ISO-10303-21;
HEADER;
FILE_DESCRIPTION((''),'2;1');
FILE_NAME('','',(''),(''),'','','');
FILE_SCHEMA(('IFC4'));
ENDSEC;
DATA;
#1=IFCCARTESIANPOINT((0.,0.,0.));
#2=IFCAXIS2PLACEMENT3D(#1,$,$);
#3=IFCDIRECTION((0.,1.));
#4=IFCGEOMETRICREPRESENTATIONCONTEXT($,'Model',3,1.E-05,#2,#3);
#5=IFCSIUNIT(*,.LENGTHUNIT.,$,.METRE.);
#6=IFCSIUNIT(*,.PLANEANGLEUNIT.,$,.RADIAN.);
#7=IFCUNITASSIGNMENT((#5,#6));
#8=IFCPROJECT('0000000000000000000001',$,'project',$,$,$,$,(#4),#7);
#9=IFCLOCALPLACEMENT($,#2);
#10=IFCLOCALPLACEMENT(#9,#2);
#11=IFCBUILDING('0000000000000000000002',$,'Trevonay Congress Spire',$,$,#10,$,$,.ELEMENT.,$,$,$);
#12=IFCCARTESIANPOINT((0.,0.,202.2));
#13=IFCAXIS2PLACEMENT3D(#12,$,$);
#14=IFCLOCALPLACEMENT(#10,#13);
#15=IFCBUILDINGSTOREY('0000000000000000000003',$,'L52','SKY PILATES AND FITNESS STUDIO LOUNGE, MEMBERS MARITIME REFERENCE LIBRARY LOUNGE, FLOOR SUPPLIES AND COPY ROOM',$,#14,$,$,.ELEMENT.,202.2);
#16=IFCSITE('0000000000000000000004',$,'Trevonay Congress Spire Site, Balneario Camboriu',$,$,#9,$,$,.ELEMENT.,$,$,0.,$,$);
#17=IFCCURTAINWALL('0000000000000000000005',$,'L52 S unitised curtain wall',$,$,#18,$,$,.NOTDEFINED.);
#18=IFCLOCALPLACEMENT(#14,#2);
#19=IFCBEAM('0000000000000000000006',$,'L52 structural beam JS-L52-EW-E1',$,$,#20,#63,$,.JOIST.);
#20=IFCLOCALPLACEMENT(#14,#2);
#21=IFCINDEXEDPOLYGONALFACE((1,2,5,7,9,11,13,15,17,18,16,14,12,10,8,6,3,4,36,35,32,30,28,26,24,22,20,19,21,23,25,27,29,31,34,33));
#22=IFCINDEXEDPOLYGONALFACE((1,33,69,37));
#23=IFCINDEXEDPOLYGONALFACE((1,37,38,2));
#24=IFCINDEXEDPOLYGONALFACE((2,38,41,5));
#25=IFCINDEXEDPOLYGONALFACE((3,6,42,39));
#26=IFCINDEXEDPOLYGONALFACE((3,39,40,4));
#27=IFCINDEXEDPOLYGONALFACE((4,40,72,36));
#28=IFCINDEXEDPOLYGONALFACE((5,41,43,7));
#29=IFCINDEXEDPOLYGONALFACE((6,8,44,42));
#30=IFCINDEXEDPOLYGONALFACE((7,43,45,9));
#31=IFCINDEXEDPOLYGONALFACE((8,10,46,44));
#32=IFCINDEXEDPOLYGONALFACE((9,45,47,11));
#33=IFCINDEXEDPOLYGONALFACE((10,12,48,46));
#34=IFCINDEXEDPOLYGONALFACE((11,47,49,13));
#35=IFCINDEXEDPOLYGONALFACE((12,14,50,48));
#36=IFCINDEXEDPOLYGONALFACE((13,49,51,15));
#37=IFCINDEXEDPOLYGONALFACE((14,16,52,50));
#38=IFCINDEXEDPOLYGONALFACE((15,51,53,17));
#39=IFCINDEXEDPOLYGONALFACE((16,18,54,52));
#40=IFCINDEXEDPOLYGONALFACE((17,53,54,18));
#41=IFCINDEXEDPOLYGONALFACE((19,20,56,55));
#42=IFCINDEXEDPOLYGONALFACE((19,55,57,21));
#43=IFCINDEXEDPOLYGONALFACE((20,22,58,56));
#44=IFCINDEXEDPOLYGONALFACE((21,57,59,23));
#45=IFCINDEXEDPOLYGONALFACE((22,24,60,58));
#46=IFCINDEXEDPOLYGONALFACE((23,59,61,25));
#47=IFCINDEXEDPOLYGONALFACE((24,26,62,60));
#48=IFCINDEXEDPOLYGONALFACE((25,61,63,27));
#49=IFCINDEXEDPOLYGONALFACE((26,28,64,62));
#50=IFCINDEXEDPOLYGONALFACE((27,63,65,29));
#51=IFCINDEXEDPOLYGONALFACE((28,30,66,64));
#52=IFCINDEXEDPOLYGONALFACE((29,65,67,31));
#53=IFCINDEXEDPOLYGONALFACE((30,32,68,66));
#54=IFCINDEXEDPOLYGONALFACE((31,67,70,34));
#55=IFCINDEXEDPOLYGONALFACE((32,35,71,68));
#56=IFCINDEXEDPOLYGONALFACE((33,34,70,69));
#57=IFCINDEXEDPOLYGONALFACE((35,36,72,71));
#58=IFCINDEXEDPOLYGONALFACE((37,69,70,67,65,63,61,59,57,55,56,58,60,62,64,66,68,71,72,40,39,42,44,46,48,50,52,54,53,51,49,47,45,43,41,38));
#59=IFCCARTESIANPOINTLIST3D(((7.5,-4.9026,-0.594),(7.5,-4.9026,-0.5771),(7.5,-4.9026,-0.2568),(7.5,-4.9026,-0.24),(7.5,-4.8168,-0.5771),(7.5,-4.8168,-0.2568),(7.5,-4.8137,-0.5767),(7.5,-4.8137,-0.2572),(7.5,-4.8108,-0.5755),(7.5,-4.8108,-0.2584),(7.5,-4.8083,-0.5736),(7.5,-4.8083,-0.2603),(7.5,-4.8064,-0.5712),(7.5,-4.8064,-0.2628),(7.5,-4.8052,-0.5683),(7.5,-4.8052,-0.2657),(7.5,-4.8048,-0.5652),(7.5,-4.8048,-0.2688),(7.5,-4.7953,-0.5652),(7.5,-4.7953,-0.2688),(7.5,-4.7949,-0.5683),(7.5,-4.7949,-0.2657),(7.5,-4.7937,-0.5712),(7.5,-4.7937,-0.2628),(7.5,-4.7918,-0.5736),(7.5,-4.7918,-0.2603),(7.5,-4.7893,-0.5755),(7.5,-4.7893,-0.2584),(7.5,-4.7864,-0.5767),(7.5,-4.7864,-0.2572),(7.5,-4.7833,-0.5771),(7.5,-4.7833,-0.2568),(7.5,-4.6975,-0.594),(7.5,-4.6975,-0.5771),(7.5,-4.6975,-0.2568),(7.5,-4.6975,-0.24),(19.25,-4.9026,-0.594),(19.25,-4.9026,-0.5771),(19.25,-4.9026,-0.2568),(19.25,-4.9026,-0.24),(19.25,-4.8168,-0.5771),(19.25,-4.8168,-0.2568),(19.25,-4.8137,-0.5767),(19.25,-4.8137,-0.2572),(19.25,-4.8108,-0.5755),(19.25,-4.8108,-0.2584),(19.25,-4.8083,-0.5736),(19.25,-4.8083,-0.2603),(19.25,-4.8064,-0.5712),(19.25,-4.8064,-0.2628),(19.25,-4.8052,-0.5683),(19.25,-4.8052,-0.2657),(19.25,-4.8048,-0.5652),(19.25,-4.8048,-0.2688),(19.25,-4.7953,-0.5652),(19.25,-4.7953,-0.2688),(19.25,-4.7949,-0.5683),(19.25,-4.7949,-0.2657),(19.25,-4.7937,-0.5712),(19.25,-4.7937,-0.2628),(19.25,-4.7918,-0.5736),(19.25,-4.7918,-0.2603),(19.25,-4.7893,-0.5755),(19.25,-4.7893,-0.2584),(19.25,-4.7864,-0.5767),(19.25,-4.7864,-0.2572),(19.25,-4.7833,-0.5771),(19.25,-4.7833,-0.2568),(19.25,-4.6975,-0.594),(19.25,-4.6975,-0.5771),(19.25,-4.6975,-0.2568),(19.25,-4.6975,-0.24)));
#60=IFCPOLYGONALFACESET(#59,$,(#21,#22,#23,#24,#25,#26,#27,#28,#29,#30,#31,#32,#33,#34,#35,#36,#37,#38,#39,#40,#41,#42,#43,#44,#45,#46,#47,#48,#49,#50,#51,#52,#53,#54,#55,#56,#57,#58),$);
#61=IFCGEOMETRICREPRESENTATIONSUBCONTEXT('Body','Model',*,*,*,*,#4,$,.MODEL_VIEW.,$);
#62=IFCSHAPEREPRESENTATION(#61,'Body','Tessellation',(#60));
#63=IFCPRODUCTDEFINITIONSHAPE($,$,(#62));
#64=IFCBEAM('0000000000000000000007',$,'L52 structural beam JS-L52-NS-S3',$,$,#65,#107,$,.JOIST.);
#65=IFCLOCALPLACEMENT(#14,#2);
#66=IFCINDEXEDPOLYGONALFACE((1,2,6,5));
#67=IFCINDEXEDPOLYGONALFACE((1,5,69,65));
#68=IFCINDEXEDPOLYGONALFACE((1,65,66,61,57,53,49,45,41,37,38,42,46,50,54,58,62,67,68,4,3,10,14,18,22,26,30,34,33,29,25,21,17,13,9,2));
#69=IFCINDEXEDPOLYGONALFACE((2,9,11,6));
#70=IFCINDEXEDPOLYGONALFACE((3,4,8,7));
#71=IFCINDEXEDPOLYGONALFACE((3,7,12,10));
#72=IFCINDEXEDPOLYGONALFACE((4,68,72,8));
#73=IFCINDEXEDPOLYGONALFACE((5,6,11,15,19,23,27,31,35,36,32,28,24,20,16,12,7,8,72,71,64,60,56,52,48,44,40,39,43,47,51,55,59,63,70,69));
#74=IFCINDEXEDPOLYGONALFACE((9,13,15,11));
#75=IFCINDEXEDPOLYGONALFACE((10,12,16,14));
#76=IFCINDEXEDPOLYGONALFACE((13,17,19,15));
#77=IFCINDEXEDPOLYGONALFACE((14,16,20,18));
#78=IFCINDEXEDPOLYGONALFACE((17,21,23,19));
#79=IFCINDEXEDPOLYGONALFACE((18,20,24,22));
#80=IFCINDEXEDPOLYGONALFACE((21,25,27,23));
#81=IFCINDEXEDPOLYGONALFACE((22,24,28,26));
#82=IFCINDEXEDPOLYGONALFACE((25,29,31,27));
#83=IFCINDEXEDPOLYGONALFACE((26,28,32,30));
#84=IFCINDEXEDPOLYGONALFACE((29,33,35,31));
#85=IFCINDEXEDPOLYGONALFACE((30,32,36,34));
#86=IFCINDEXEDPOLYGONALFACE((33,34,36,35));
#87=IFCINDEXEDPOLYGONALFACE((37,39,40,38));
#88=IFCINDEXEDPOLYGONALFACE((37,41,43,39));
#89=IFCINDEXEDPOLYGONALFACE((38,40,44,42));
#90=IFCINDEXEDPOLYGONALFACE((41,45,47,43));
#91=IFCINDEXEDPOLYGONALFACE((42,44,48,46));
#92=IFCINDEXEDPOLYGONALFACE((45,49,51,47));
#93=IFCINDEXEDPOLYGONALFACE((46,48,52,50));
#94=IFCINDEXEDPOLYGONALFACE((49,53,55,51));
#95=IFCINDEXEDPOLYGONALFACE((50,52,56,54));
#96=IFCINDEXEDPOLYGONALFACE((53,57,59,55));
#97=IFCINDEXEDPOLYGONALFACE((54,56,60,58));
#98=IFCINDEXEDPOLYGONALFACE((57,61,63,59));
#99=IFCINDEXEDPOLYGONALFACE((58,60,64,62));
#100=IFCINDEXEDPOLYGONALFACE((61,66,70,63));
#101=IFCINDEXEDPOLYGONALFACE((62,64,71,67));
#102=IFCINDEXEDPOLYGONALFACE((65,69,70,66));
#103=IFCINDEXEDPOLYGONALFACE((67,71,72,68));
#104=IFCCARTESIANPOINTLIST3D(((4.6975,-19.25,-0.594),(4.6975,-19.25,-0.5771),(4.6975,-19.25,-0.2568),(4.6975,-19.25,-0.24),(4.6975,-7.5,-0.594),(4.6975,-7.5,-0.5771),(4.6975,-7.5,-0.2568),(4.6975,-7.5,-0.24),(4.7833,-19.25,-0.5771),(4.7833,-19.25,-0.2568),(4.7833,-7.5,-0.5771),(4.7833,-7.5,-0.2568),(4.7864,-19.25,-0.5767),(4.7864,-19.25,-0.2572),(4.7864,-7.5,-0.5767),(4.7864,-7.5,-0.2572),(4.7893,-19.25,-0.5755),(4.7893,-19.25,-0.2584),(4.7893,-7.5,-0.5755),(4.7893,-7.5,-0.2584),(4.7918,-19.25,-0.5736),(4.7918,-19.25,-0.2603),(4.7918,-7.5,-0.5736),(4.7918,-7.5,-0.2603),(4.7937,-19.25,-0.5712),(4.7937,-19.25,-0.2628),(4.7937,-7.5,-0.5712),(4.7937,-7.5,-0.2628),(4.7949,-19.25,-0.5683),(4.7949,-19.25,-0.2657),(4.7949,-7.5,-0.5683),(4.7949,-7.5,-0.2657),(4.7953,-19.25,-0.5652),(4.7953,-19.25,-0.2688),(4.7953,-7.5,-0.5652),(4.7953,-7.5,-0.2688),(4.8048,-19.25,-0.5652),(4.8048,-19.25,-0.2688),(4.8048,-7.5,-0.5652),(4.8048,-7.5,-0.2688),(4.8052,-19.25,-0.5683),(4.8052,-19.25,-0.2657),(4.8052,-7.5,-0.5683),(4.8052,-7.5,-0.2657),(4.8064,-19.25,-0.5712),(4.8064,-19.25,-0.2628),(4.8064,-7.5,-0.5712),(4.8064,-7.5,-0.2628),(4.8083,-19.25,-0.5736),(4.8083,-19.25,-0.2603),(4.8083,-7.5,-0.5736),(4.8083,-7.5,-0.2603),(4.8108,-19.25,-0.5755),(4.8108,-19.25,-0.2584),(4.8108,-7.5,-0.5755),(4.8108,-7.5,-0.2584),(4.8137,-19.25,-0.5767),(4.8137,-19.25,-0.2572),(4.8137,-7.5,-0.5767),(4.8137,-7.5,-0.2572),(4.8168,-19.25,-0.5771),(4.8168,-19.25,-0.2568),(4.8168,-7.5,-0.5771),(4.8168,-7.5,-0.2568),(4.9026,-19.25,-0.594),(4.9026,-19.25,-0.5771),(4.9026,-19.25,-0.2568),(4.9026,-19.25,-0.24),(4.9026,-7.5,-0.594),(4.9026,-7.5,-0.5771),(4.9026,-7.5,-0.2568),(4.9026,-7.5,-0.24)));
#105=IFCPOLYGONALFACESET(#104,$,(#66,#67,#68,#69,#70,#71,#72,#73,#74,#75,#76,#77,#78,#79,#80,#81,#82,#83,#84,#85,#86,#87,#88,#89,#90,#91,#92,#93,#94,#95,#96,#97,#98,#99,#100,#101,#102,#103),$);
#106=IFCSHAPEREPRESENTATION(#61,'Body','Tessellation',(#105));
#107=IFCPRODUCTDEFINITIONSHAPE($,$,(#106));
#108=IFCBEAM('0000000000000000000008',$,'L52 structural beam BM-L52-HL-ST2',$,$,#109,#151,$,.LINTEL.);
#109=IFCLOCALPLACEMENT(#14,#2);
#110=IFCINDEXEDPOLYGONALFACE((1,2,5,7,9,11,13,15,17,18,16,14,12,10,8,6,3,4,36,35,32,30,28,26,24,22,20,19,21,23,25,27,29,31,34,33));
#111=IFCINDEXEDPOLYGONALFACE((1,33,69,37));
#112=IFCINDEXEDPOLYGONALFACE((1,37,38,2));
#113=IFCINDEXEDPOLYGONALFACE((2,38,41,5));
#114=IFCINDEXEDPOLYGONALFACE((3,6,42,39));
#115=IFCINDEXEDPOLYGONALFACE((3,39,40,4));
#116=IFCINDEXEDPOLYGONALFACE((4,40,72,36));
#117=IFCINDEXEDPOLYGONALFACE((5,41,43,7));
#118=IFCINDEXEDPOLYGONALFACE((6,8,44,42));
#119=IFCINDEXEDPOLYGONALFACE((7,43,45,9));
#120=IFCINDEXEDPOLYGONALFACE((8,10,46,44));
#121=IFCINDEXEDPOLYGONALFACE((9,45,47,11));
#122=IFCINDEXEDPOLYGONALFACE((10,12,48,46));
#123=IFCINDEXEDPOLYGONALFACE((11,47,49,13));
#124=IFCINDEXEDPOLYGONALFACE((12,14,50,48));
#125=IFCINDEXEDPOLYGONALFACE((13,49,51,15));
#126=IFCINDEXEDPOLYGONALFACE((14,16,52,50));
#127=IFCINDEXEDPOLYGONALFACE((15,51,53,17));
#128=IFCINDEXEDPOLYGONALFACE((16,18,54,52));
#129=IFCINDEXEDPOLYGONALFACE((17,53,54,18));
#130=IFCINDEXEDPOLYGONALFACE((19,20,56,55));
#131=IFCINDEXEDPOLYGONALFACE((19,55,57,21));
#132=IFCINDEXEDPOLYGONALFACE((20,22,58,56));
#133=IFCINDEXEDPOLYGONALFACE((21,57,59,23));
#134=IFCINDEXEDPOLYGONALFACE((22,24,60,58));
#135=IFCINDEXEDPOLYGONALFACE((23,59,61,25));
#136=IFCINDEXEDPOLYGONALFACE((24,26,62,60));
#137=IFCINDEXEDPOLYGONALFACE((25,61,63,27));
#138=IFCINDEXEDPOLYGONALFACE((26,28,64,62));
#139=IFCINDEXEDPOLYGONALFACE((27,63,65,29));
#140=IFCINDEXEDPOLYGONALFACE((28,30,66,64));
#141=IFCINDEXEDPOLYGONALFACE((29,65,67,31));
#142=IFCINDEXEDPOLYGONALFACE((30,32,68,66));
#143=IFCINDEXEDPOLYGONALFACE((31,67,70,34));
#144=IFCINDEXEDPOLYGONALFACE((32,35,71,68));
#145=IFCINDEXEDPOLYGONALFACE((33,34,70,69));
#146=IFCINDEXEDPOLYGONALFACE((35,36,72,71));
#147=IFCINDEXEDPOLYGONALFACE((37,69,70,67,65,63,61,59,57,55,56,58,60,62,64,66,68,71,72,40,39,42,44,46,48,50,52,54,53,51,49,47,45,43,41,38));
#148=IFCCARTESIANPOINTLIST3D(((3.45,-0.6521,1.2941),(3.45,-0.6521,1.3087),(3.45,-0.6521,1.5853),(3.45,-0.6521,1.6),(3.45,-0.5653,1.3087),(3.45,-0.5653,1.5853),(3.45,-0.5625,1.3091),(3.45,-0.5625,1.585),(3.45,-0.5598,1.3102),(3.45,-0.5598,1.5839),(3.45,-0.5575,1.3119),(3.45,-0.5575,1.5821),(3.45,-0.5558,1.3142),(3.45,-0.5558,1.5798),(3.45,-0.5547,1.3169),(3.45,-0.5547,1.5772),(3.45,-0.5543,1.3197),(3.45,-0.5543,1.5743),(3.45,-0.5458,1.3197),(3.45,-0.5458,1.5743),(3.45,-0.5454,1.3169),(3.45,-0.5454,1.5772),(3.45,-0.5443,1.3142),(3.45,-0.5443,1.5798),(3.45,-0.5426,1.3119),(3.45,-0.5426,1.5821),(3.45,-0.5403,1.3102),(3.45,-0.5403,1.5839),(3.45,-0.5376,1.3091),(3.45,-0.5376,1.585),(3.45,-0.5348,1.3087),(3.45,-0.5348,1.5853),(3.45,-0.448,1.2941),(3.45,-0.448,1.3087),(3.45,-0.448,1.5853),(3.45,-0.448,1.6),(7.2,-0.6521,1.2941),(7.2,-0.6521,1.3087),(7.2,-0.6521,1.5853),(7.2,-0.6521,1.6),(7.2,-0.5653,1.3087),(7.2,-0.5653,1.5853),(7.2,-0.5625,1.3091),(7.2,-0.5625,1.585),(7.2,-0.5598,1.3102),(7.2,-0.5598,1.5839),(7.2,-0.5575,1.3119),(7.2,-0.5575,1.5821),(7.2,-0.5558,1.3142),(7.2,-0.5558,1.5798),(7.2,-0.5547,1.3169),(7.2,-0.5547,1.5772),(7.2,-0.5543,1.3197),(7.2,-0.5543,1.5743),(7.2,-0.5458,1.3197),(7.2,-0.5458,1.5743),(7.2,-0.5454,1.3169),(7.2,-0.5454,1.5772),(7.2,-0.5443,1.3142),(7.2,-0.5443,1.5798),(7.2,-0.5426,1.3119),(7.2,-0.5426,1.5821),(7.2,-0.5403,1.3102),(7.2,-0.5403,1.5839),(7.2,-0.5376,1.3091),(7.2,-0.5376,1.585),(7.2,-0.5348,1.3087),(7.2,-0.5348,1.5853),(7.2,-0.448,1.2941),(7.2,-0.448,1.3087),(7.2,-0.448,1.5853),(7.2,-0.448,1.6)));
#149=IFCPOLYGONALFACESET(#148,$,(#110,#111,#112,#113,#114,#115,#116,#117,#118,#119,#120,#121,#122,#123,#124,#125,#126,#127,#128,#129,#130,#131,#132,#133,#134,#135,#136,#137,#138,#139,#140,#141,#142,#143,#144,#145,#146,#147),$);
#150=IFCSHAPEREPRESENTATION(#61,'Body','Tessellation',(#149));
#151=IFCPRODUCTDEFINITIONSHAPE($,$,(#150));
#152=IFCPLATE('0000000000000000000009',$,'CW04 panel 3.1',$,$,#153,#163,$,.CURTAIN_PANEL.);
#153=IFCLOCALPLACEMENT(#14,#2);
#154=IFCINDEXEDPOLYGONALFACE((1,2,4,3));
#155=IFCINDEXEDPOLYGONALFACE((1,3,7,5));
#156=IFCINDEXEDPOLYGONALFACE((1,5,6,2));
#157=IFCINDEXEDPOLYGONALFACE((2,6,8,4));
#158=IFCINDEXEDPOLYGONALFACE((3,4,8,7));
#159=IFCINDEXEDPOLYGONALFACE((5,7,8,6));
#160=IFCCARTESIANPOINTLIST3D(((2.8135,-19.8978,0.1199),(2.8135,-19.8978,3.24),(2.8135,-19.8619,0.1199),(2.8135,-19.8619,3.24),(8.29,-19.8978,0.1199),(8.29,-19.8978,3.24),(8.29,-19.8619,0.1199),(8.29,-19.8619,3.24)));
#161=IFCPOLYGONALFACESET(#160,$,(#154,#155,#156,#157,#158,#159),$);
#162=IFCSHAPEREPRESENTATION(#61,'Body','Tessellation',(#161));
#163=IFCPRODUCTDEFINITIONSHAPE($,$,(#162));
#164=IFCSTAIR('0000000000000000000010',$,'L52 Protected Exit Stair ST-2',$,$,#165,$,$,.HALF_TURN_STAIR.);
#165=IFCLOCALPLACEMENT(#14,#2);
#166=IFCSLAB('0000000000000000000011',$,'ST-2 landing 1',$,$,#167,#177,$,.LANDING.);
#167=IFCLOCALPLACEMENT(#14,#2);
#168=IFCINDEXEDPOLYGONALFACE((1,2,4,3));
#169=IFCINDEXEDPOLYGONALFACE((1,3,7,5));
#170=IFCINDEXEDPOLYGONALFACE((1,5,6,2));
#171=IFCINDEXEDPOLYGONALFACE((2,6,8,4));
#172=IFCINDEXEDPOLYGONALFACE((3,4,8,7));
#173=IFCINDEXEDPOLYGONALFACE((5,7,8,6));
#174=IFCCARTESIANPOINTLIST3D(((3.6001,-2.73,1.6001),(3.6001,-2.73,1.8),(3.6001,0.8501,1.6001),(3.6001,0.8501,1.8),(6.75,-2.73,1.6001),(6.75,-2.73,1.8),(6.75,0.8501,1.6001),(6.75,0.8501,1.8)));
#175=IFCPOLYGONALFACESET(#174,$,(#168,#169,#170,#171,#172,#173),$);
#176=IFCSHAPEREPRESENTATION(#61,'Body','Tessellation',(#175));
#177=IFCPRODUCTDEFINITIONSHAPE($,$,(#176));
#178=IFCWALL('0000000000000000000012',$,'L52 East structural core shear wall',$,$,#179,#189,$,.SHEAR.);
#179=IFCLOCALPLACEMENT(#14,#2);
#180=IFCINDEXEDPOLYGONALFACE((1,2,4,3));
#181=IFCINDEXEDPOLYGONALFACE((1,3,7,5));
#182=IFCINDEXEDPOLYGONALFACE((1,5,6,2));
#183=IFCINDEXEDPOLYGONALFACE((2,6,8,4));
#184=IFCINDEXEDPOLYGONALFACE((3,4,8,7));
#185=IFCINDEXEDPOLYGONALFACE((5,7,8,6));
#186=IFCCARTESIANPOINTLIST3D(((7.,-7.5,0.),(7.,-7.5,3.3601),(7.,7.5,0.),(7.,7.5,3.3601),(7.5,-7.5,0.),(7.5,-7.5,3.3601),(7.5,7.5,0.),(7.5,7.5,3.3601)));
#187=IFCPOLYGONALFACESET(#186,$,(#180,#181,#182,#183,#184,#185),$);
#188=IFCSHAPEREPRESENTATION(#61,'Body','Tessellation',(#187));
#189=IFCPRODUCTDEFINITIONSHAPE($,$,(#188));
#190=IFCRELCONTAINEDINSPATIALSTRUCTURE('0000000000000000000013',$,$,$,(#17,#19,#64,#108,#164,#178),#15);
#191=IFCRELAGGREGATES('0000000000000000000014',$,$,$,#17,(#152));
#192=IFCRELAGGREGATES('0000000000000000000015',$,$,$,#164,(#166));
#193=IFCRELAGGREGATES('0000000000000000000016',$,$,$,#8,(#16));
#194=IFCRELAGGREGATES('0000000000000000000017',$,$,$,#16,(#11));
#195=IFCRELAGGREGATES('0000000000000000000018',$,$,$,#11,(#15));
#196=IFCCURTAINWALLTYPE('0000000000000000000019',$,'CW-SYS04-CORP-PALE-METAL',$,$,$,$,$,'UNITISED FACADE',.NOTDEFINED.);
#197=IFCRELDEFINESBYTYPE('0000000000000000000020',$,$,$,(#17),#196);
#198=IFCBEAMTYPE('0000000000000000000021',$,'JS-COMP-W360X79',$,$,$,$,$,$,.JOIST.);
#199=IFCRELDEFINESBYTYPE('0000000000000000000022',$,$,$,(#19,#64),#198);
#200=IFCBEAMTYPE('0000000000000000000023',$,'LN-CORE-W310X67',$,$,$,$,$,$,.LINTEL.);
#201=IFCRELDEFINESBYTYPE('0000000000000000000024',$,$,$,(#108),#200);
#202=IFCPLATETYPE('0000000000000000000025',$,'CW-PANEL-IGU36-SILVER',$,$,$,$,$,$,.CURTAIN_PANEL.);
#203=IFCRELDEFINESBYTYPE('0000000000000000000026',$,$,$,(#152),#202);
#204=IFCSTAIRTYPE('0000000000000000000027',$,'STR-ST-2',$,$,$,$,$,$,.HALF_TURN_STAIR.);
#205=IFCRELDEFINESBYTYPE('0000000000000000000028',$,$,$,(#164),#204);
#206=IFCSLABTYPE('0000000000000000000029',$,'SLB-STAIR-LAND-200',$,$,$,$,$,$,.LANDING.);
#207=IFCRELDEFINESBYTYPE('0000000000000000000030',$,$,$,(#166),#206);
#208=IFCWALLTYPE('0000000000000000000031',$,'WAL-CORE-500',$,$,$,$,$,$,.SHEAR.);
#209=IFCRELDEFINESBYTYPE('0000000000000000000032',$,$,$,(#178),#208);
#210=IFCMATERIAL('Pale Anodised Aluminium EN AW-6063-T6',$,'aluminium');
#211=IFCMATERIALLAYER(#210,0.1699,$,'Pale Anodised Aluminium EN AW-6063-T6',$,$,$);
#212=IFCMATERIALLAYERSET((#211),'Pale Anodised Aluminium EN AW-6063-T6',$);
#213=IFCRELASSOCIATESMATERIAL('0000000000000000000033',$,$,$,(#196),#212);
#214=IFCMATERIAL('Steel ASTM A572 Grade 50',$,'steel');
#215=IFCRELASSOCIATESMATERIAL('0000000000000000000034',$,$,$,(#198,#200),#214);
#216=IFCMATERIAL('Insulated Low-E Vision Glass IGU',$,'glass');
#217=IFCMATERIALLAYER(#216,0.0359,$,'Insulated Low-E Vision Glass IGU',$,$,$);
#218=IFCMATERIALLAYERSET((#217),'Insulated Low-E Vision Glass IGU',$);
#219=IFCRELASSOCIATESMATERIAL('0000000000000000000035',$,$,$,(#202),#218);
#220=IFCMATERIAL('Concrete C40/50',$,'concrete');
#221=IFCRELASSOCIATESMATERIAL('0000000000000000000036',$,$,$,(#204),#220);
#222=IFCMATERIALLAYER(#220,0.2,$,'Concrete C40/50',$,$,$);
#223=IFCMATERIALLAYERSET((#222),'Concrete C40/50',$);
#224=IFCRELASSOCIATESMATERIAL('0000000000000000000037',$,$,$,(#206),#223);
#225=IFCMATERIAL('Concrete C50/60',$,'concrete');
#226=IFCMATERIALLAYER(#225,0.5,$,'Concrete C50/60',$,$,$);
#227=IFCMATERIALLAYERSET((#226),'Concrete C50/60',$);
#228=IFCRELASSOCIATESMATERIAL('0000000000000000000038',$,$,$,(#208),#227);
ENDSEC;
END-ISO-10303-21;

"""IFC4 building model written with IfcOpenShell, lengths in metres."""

from ifc_helpers import new_model, si_unit, direction, frame, frame_2d, origin, origin_2d, place, context, subcontext, project, spatial, polyline, rectangle, i_section, outline, extrude, material, layer, layer_set, material_profile, profile_set, type_object, element, aggregate, save


model = new_model("IFC4")

# Units and contexts
model_context = context("Model", 3, precision=1e-05, world=origin(), true_north=direction((0.0, 1.0)))
body_context = subcontext(model_context, "Body", "Model", "MODEL_VIEW")
ifc_project = project(units=[si_unit("LENGTHUNIT", "METRE"), si_unit("PLANEANGLEUNIT", "RADIAN")], contexts=[model_context])

# Site, building, storey
site_placement = place(None, origin())
site = spatial("IfcSite", under=ifc_project, at=site_placement, Name="Trevonay Congress Spire Site, Balneario Camboriu", CompositionType="ELEMENT", RefElevation=0.0)
building_placement = place(site_placement, origin())
building = spatial("IfcBuilding", under=site, at=building_placement, Name="Trevonay Congress Spire", CompositionType="ELEMENT")
storey_placement = place(building_placement, frame((0.0, 0.0, 202.2)))
storey = spatial("IfcBuildingStorey", under=building, at=storey_placement, Name="L52", Description="SKY PILATES AND FITNESS STUDIO LOUNGE, MEMBERS MARITIME REFERENCE LIBRARY LOUNGE, FLOOR SUPPLIES AND COPY ROOM", CompositionType="ELEMENT", Elevation=202.2)

# Shared definitions
ifc_material_1 = material(Name="Steel ASTM A572 Grade 50", Category="steel")

# Curtain wall
ifc_material_2 = material(Name="Pale Anodised Aluminium EN AW-6063-T6", Category="aluminium")
ifc_layer_1 = layer(ifc_material_2, 0.1699, Name="Pale Anodised Aluminium EN AW-6063-T6")
ifc_layer_set_1 = layer_set([ifc_layer_1], Name="Pale Anodised Aluminium EN AW-6063-T6")
curtain_wall_type = type_object("IfcCurtainWallType", Name="CW-SYS04-CORP-PALE-METAL", ElementType="UNITISED FACADE", PredefinedType="NOTDEFINED", material=ifc_layer_set_1)
curtain_wall_placement = place(storey_placement, origin())
curtain_wall = element("IfcCurtainWall", 1, at=curtain_wall_placement, inside=storey, type_object=curtain_wall_type, Name="L52 S unitised curtain wall", PredefinedType="NOTDEFINED")

# Beams
ifc_material_profile_1 = material_profile(ifc_material_1, i_section(OverallWidth=0.2051, OverallDepth=0.354, WebThickness=0.0095, FlangeThickness=0.0168, FilletRadius=0.012, at=origin_2d()), Name="W360x79")
ifc_profile_set_1 = profile_set([ifc_material_profile_1], Name="Steel ASTM A572 Grade 50")
beam_type_1 = type_object("IfcBeamType", Name="JS-COMP-W360X79", PredefinedType="JOIST", material=ifc_profile_set_1)
for number, where, z_axis, x_axis, name in (
    (2, (7.5, -4.8, -0.417), (1.0, 0.0, 0.0), (0.0, 1.0, 0.0), "L52 structural beam JS-L52-EW-E1"),
    (3, (4.8, -19.25, -0.417), (0.0, 1.0, 0.0), (-1.0, 0.0, 0.0), "L52 structural beam JS-L52-NS-S3"),
):
    element("IfcBeam", number, at=place(storey_placement, frame(where, z_axis=z_axis, x_axis=x_axis)), inside=storey, type_object=beam_type_1, Name=name, PredefinedType="JOIST", context=body_context, shape_type="SweptSolid", body=[
        extrude(i_section(OverallWidth=0.2051, OverallDepth=0.354, WebThickness=0.0095, FlangeThickness=0.0168, FilletRadius=0.012, at=origin_2d()), origin(), (0.0, 0.0, 1.0), 11.75),
    ])
ifc_material_profile_2 = material_profile(ifc_material_1, i_section(OverallWidth=0.2041, OverallDepth=0.3059, WebThickness=0.0085, FlangeThickness=0.0146, FilletRadius=0.011, at=origin_2d()), Name="W310x67")
ifc_profile_set_2 = profile_set([ifc_material_profile_2], Name="Steel ASTM A572 Grade 50")
beam_type_2 = type_object("IfcBeamType", Name="LN-CORE-W310X67", PredefinedType="LINTEL", material=ifc_profile_set_2)
beam_1_placement = place(storey_placement, frame((3.45, -0.55, 1.447), z_axis=(1.0, 0.0, 0.0), x_axis=(0.0, 1.0, 0.0)))
element("IfcBeam", 4, at=beam_1_placement, inside=storey, type_object=beam_type_2, Name="L52 structural beam BM-L52-HL-ST2", PredefinedType="LINTEL", context=body_context, shape_type="SweptSolid", body=[
    extrude(i_section(OverallWidth=0.2041, OverallDepth=0.3059, WebThickness=0.0085, FlangeThickness=0.0146, FilletRadius=0.011, at=origin_2d()), origin(), (0.0, 0.0, 1.0), 3.75),
])

# Plate
ifc_material_3 = material(Name="Insulated Low-E Vision Glass IGU", Category="glass")
ifc_layer_2 = layer(ifc_material_3, 0.0359, Name="Insulated Low-E Vision Glass IGU")
ifc_layer_set_2 = layer_set([ifc_layer_2], Name="Insulated Low-E Vision Glass IGU")
plate_type = type_object("IfcPlateType", Name="CW-PANEL-IGU36-SILVER", PredefinedType="CURTAIN_PANEL", material=ifc_layer_set_2)
plate_placement = place(storey_placement, frame((5.5518, -19.8799, 0.1199), z_axis=(0.0, 0.0, 1.0), x_axis=(1.0, 0.0, 0.0)))
plate = element("IfcPlate", 5, at=plate_placement, type_object=plate_type, Name="CW04 panel 3.1", PredefinedType="CURTAIN_PANEL", context=body_context, shape_type="SweptSolid", body=[
    extrude(rectangle(XDim=5.4766, YDim=0.0359, at=origin_2d()), origin(), (0.0, 0.0, 1.0), 3.1201),
])
aggregate(curtain_wall, [plate])

# Stair, slab
ifc_material_4 = material(Name="Concrete C40/50", Category="concrete")
stair_type = type_object("IfcStairType", Name="STR-ST-2", PredefinedType="HALF_TURN_STAIR", material=ifc_material_4)
stair_placement = place(storey_placement, origin())
stair = element("IfcStair", 6, at=stair_placement, inside=storey, type_object=stair_type, Name="L52 Protected Exit Stair ST-2", PredefinedType="HALF_TURN_STAIR")
ifc_layer_3 = layer(ifc_material_4, 0.2, Name="Concrete C40/50")
ifc_layer_set_3 = layer_set([ifc_layer_3], Name="Concrete C40/50")
slab_type = type_object("IfcSlabType", Name="SLB-STAIR-LAND-200", PredefinedType="LANDING", material=ifc_layer_set_3)
slab_placement = place(storey_placement, frame((0.0, 0.0, 1.6001)))
slab = element("IfcSlab", 7, at=slab_placement, type_object=slab_type, Name="ST-2 landing 1", PredefinedType="LANDING", context=body_context, shape_type="SweptSolid", body=[
    extrude(outline(polyline([(6.75, -2.73), (6.75, 0.8501), (3.6001, 0.8501), (3.6001, -2.73), (6.75, -2.73)])), origin(), (0.0, 0.0, 1.0), 0.2),
])

# Wall
ifc_material_5 = material(Name="Concrete C50/60", Category="concrete")
ifc_layer_4 = layer(ifc_material_5, 0.5, Name="Concrete C50/60")
ifc_layer_set_4 = layer_set([ifc_layer_4], Name="Concrete C50/60")
wall_type_1 = type_object("IfcWallType", Name="WAL-CORE-500", PredefinedType="SHEAR", material=ifc_layer_set_4)
wall_1_placement = place(storey_placement, frame((7.25, -7.5, 0.0), z_axis=(0.0, 0.0, 1.0), x_axis=(0.0, 1.0, 0.0)))
element("IfcWall", 8, at=wall_1_placement, inside=storey, type_object=wall_type_1, Name="L52 East structural core shear wall", PredefinedType="SHEAR", context=body_context, shape_type="SweptSolid", body=[
    extrude(rectangle(XDim=15.0, YDim=0.5, at=frame_2d((7.5, 0.0))), origin(), (0.0, 0.0, 1.0), 3.3601),
])

aggregate(stair, [slab])

save(model, "model.ifc")
